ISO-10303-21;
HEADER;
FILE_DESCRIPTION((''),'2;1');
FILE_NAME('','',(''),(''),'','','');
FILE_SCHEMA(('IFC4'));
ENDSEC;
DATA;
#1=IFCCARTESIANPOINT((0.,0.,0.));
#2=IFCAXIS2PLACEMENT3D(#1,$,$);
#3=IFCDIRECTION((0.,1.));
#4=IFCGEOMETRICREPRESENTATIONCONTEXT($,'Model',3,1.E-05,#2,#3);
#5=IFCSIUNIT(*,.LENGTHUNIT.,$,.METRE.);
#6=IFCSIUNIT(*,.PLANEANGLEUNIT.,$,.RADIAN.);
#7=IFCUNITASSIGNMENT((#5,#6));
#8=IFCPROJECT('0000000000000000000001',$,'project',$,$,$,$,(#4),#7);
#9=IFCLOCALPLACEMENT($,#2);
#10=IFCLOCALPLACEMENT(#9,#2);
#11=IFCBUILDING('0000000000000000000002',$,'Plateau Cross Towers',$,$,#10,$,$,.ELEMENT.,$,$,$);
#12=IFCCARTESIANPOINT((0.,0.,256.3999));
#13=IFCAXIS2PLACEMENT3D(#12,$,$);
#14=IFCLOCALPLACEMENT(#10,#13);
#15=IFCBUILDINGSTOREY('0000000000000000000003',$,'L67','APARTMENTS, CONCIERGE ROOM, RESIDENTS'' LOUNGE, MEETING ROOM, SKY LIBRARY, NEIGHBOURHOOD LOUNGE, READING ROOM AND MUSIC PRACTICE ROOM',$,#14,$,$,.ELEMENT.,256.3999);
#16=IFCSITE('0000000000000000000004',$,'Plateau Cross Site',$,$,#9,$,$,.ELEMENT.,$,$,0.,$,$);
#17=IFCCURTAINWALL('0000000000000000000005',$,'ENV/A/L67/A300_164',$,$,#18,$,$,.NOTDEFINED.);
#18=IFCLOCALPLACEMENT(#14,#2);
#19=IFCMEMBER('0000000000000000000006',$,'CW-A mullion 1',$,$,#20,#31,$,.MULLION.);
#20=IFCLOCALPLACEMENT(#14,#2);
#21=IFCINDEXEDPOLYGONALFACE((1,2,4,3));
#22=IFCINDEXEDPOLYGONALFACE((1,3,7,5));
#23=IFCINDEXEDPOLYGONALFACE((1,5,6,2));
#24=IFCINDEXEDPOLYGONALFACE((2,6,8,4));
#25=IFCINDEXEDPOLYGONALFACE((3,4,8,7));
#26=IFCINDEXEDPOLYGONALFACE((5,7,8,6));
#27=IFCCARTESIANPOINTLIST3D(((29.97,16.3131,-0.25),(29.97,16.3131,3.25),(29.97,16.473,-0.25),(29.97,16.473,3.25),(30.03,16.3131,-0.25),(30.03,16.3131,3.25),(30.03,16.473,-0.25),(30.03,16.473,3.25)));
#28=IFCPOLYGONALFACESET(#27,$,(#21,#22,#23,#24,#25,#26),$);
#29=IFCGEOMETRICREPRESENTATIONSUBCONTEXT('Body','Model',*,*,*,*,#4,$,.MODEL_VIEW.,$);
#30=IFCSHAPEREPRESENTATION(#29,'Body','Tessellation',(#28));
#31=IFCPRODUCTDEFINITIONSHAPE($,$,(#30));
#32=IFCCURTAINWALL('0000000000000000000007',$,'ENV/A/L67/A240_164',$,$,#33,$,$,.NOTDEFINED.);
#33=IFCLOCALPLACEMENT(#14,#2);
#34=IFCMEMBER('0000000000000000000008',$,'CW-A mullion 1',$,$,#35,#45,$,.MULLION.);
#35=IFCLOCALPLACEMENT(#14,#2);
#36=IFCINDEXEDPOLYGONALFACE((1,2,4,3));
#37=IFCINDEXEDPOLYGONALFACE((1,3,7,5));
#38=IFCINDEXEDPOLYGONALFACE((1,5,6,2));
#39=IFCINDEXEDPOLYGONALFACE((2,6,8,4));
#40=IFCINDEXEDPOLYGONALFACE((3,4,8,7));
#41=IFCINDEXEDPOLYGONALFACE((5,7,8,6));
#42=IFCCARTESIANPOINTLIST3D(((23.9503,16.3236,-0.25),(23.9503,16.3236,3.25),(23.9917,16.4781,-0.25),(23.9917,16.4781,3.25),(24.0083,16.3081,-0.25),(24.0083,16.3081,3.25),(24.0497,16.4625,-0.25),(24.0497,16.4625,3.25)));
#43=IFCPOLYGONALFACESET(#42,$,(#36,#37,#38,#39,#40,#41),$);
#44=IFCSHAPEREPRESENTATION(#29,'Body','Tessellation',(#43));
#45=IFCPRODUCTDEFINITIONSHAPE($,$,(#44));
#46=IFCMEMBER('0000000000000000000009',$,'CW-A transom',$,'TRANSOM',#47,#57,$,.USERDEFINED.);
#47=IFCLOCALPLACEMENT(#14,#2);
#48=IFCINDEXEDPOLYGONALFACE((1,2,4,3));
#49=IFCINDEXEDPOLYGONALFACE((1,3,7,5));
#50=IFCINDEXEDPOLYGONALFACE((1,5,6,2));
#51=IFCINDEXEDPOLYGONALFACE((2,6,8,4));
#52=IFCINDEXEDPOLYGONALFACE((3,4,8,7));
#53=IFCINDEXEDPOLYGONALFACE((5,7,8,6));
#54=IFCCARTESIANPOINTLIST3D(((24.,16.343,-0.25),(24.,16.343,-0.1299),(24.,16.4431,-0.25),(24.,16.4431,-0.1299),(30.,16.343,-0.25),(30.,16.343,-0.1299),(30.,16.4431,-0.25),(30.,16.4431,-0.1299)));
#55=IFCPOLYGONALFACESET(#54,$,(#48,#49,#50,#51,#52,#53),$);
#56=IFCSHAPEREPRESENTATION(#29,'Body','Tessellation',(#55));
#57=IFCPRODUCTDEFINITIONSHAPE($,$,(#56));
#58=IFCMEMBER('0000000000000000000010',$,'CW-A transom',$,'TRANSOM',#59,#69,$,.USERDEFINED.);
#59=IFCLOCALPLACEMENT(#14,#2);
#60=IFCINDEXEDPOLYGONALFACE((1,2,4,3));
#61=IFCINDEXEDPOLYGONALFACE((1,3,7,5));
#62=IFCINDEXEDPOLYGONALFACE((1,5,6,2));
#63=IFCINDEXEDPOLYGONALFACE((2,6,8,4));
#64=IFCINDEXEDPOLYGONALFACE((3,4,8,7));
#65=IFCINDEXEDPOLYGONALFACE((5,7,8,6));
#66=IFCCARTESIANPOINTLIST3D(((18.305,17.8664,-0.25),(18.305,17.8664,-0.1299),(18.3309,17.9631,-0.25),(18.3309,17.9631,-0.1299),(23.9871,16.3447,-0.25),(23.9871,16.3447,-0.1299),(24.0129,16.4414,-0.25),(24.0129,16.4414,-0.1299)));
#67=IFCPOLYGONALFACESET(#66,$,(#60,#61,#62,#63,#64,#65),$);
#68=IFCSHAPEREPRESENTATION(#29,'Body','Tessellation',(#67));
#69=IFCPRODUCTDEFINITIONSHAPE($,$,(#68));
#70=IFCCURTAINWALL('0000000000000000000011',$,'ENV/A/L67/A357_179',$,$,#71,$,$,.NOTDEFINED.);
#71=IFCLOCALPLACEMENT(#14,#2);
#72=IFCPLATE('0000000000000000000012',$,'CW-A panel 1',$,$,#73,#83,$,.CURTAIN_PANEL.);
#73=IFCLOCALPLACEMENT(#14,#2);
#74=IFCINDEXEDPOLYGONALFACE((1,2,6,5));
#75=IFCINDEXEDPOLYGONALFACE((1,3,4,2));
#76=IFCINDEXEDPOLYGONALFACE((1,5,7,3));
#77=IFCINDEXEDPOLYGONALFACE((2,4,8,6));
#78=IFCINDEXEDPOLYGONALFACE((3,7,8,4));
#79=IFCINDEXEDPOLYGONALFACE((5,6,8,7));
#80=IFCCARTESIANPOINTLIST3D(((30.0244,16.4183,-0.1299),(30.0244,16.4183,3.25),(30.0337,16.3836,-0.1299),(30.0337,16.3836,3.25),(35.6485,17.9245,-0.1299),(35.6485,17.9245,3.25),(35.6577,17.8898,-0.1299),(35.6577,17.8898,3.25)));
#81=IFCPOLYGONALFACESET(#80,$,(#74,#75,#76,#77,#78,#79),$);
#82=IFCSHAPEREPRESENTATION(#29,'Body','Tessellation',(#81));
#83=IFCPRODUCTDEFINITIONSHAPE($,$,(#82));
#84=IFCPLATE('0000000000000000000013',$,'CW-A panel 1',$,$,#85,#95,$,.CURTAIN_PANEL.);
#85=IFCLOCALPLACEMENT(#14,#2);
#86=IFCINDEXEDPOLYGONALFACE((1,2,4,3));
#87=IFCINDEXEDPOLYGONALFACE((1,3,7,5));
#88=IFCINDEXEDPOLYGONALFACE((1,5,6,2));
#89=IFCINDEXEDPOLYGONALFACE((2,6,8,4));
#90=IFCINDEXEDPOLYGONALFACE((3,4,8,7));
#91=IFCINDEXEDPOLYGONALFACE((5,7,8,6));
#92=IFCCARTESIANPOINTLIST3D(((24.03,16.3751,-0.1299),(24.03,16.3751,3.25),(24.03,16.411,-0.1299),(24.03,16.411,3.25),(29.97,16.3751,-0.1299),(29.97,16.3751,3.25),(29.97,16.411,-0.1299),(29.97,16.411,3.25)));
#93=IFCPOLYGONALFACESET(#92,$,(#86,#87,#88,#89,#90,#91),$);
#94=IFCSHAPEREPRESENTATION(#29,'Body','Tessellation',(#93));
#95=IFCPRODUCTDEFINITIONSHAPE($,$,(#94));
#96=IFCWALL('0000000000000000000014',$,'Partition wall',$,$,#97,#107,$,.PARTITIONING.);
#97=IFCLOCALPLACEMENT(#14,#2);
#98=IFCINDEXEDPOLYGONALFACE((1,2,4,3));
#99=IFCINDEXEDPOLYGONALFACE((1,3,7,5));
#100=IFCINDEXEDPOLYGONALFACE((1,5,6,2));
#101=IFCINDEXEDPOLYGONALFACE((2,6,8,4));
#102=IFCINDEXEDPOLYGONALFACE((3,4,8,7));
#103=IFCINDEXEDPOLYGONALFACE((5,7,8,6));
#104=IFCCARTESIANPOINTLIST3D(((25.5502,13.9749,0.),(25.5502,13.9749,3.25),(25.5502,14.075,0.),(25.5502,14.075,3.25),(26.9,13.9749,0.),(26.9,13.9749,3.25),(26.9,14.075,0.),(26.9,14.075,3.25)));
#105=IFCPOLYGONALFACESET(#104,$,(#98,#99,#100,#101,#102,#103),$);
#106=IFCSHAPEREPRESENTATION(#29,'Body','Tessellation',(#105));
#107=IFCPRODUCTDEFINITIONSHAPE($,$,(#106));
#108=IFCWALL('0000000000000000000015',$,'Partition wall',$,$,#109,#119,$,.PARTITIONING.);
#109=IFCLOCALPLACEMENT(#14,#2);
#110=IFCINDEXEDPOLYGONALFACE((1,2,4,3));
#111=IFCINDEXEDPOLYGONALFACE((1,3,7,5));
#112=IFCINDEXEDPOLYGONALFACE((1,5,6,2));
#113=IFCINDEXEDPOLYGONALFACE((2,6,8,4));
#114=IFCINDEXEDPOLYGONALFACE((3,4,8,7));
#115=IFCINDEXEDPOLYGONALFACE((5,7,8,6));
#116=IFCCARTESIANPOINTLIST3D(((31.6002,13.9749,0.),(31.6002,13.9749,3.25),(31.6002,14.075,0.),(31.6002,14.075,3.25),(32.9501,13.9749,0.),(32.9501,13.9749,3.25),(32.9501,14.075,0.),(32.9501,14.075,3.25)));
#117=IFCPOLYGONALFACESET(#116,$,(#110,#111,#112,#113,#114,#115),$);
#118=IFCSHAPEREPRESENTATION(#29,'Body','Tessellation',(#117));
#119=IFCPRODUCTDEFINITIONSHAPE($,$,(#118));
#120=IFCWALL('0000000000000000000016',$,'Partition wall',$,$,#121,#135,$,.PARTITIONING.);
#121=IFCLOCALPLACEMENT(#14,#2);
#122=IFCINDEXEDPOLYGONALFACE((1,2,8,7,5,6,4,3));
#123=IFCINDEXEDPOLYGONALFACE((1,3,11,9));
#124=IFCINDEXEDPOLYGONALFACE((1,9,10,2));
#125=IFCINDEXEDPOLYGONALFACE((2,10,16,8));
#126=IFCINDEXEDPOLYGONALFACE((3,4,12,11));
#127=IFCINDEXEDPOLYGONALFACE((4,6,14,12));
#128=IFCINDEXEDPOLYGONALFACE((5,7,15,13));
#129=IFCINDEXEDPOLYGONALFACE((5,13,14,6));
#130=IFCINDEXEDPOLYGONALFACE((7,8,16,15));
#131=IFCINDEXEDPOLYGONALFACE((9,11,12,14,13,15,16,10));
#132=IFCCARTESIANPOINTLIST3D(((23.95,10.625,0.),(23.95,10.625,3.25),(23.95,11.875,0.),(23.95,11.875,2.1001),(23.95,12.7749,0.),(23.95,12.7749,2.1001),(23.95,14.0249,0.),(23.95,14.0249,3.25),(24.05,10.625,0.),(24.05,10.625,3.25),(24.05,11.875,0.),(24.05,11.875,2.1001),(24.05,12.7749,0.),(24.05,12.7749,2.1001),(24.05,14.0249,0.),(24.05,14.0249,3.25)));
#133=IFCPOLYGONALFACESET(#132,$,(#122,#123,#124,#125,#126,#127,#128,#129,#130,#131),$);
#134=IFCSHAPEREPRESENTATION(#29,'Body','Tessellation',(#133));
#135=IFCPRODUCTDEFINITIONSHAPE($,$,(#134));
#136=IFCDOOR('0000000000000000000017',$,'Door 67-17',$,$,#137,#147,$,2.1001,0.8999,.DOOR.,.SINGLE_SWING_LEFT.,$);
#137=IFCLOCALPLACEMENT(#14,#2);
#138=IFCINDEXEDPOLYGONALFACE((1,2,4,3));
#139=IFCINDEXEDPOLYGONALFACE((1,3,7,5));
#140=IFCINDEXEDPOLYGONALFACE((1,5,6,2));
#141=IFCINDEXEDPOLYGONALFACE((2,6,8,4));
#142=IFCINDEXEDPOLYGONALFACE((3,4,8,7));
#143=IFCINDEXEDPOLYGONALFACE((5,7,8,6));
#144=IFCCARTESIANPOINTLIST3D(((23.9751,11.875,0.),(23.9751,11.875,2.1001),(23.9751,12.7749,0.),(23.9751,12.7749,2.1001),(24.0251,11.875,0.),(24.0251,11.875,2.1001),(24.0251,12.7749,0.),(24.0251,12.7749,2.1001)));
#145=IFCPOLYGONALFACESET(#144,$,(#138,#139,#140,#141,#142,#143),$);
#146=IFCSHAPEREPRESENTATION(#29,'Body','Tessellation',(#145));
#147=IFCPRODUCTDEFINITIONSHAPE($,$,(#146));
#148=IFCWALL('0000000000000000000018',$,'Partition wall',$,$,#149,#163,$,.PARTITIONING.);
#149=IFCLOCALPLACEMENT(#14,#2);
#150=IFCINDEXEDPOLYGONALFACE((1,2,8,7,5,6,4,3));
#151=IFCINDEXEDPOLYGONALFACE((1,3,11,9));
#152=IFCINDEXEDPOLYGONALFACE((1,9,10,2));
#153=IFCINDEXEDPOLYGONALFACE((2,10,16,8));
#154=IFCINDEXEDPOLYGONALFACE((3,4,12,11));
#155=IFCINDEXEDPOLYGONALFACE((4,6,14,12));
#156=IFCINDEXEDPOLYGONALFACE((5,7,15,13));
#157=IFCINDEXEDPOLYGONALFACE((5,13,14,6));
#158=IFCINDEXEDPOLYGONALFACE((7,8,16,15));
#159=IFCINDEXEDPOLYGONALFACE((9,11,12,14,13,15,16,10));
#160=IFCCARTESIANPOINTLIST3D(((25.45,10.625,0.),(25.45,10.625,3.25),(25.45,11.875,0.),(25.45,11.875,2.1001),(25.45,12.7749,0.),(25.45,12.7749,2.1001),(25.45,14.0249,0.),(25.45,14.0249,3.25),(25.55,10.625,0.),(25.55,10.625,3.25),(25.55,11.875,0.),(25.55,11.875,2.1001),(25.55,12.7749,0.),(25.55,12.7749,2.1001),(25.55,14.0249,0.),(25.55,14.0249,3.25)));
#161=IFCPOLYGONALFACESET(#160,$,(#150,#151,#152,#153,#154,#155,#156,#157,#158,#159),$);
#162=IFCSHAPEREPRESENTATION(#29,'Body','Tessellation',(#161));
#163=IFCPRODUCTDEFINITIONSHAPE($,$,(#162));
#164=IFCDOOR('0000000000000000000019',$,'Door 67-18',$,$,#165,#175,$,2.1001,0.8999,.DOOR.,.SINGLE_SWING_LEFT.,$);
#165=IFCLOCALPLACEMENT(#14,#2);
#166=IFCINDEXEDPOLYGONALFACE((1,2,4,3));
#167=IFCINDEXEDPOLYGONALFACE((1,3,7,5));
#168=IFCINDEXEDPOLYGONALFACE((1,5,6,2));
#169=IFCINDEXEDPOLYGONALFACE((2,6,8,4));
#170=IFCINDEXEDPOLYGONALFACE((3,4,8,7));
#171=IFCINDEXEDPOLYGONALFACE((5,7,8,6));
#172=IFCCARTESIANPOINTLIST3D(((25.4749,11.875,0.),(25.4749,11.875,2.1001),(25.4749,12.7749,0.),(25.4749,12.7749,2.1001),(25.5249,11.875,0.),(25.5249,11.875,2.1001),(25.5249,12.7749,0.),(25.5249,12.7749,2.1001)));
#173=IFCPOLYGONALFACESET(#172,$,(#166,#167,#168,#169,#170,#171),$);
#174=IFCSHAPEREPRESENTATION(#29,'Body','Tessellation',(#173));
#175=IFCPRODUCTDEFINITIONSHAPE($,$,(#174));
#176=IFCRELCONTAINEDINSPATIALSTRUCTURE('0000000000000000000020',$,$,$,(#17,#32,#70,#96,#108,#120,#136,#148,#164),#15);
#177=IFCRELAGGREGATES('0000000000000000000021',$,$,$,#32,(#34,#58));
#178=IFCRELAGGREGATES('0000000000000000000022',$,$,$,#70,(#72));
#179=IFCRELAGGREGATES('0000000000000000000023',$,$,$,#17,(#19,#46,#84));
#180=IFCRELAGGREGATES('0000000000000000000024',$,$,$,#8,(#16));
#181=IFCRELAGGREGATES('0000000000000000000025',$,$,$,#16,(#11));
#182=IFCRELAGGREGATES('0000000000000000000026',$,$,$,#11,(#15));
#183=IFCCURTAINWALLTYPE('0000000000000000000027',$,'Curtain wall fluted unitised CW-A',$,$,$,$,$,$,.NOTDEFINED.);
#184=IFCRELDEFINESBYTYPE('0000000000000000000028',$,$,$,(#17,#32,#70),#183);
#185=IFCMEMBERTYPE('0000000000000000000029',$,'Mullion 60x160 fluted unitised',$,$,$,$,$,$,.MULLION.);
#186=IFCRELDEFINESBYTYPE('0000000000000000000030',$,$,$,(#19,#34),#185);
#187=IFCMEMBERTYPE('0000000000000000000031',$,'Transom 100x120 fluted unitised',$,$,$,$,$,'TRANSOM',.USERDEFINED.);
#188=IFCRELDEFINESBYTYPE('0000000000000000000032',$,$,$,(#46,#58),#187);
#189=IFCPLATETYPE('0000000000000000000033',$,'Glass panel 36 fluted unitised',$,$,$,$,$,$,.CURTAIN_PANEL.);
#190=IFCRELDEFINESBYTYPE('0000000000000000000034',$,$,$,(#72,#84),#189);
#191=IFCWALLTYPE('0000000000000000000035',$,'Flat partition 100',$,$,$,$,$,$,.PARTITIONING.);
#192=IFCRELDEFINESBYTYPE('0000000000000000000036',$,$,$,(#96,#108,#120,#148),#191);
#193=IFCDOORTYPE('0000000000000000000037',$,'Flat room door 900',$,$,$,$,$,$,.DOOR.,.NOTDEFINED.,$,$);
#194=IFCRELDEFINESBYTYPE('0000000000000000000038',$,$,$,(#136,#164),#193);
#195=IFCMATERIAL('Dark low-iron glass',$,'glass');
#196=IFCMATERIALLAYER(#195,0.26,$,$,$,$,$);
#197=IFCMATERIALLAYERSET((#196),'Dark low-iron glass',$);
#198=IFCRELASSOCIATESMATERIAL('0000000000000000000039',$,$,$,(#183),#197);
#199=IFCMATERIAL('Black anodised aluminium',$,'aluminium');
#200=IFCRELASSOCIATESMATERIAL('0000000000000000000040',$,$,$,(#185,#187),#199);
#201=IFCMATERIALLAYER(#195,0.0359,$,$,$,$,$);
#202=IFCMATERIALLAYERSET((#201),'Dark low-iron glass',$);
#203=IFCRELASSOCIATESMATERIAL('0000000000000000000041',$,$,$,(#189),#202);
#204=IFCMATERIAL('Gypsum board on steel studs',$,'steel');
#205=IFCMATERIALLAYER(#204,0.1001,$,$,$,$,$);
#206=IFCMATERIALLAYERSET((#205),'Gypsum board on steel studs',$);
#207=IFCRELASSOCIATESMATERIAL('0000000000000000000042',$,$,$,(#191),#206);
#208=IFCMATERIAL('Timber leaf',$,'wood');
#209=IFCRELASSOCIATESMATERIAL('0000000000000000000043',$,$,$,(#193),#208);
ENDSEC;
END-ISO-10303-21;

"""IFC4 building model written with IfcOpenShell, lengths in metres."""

from ifc_helpers import new_model, si_unit, direction, frame, frame_2d, origin, origin_2d, place, context, subcontext, project, spatial, rectangle, extrude, material, layer, layer_set, material_profile, profile_set, type_object, element, fill, aggregate, save


model = new_model("IFC4")

# Units and contexts
model_context = context("Model", 3, precision=1e-05, world=origin(), true_north=direction((0.0, 1.0)))
body_context = subcontext(model_context, "Body", "Model", "MODEL_VIEW")
ifc_project = project(units=[si_unit("LENGTHUNIT", "METRE"), si_unit("PLANEANGLEUNIT", "RADIAN")], contexts=[model_context])

# Site, building, storey
site_placement = place(None, origin())
site = spatial("IfcSite", under=ifc_project, at=site_placement, Name="Plateau Cross Site", CompositionType="ELEMENT", RefElevation=0.0)
building_placement = place(site_placement, origin())
building = spatial("IfcBuilding", under=site, at=building_placement, Name="Plateau Cross Towers", CompositionType="ELEMENT")
storey_placement = place(building_placement, frame((0.0, 0.0, 256.3999)))
storey = spatial("IfcBuildingStorey", under=building, at=storey_placement, Name="L67", Description="APARTMENTS, CONCIERGE ROOM, RESIDENTS' LOUNGE, MEETING ROOM, SKY LIBRARY, NEIGHBOURHOOD LOUNGE, READING ROOM AND MUSIC PRACTICE ROOM", CompositionType="ELEMENT", Elevation=256.3999)

# Curtain walls, members
ifc_material_1 = material(Name="Dark low-iron glass", Category="glass")
ifc_layer_1 = layer(ifc_material_1, 0.26)
ifc_layer_set_1 = layer_set([ifc_layer_1], Name="Dark low-iron glass")
curtain_wall_type = type_object("IfcCurtainWallType", Name="Curtain wall fluted unitised CW-A", PredefinedType="NOTDEFINED", material=ifc_layer_set_1)
curtain_wall_1_placement = place(storey_placement, origin())
curtain_wall_1 = element("IfcCurtainWall", 1, at=curtain_wall_1_placement, inside=storey, type_object=curtain_wall_type, Name="ENV/A/L67/A300_164", PredefinedType="NOTDEFINED")
ifc_material_2 = material(Name="Black anodised aluminium", Category="aluminium")
ifc_material_profile_1 = material_profile(ifc_material_2, rectangle(XDim=0.0601, YDim=0.1599, at=origin_2d()), Name="MULLION 60x160")
ifc_profile_set_1 = profile_set([ifc_material_profile_1], Name="Black anodised aluminium")
member_type_1 = type_object("IfcMemberType", Name="Mullion 60x160 fluted unitised", PredefinedType="MULLION", material=ifc_profile_set_1)
member_1_placement = place(storey_placement, frame((30.0, 16.3931, -0.25), z_axis=(0.0, 0.0, 1.0), x_axis=(-1.0, 0.0, 0.0)))
member_1 = element("IfcMember", 2, at=member_1_placement, type_object=member_type_1, Name="CW-A mullion 1", PredefinedType="MULLION", context=body_context, shape_type="SweptSolid", body=[
    extrude(rectangle(XDim=0.0601, YDim=0.1599, at=origin_2d()), origin(), (0.0, 0.0, 1.0), 3.5),
])
curtain_wall_2_placement = place(storey_placement, origin())
curtain_wall_2 = element("IfcCurtainWall", 3, at=curtain_wall_2_placement, inside=storey, type_object=curtain_wall_type, Name="ENV/A/L67/A240_164", PredefinedType="NOTDEFINED")
member_2_placement = place(storey_placement, frame((24.0, 16.3931, -0.25), z_axis=(0.0, 0.0, 1.0), x_axis=(-0.965958, 0.258699, 0.0)))
member_2 = element("IfcMember", 4, at=member_2_placement, type_object=member_type_1, Name="CW-A mullion 1", PredefinedType="MULLION", context=body_context, shape_type="SweptSolid", body=[
    extrude(rectangle(XDim=0.0601, YDim=0.1599, at=origin_2d()), origin(), (0.0, 0.0, 1.0), 3.5),
])

# Members
ifc_material_profile_2 = material_profile(ifc_material_2, rectangle(XDim=0.1001, YDim=0.1201, at=origin_2d()), Name="TRANSOM 100x120")
ifc_profile_set_2 = profile_set([ifc_material_profile_2], Name="Black anodised aluminium")
member_type_2 = type_object("IfcMemberType", Name="Transom 100x120 fluted unitised", ElementType="TRANSOM", PredefinedType="USERDEFINED", material=ifc_profile_set_2)
member_3_placement = place(storey_placement, frame((30.0, 16.3931, -0.1899), z_axis=(-1.0, 0.0, 0.0), x_axis=(0.0, -1.0, 0.0)))
member_3 = element("IfcMember", 5, at=member_3_placement, type_object=member_type_2, Name="CW-A transom", ObjectType="TRANSOM", PredefinedType="USERDEFINED", context=body_context, shape_type="SweptSolid", body=[
    extrude(rectangle(XDim=0.1001, YDim=0.1201, at=origin_2d()), origin(), (0.0, 0.0, 1.0), 6.0),
])
member_4_placement = place(storey_placement, frame((24.0, 16.3931, -0.1899), z_axis=(-0.96596, 0.258693, 0.0), x_axis=(-0.258693, -0.96596, 0.0)))
member_4 = element("IfcMember", 6, at=member_4_placement, type_object=member_type_2, Name="CW-A transom", ObjectType="TRANSOM", PredefinedType="USERDEFINED", context=body_context, shape_type="SweptSolid", body=[
    extrude(rectangle(XDim=0.1001, YDim=0.1201, at=origin_2d()), origin(), (0.0, 0.0, 1.0), 5.8823),
])
aggregate(curtain_wall_2, [member_2, member_4])

# Curtain wall, plate
curtain_wall_3_placement = place(storey_placement, origin())
curtain_wall_3 = element("IfcCurtainWall", 7, at=curtain_wall_3_placement, inside=storey, type_object=curtain_wall_type, Name="ENV/A/L67/A357_179", PredefinedType="NOTDEFINED")
ifc_layer_2 = layer(ifc_material_1, 0.0359)
ifc_layer_set_2 = layer_set([ifc_layer_2], Name="Dark low-iron glass")
plate_type = type_object("IfcPlateType", Name="Glass panel 36 fluted unitised", PredefinedType="CURTAIN_PANEL", material=ifc_layer_set_2)
plate_1_placement = place(storey_placement, frame((32.8411, 17.1541, -0.1299), z_axis=(0.0, 0.0, 1.0), x_axis=(-0.965958, -0.258699, 0.0)))
plate_1 = element("IfcPlate", 8, at=plate_1_placement, type_object=plate_type, Name="CW-A panel 1", PredefinedType="CURTAIN_PANEL", context=body_context, shape_type="SweptSolid", body=[
    extrude(rectangle(XDim=5.8223, YDim=0.0359, at=origin_2d()), origin(), (0.0, 0.0, 1.0), 3.3799),
])
aggregate(curtain_wall_3, [plate_1])

# Plate
plate_2_placement = place(storey_placement, frame((27.0, 16.3931, -0.1299), z_axis=(0.0, 0.0, 1.0), x_axis=(-1.0, 0.0, 0.0)))
plate_2 = element("IfcPlate", 9, at=plate_2_placement, type_object=plate_type, Name="CW-A panel 1", PredefinedType="CURTAIN_PANEL", context=body_context, shape_type="SweptSolid", body=[
    extrude(rectangle(XDim=5.9399, YDim=0.0359, at=origin_2d()), origin(), (0.0, 0.0, 1.0), 3.3799),
])
aggregate(curtain_wall_1, [member_1, member_3, plate_2])

# Walls
ifc_material_3 = material(Name="Gypsum board on steel studs", Category="steel")
ifc_layer_3 = layer(ifc_material_3, 0.1001)
ifc_layer_set_3 = layer_set([ifc_layer_3], Name="Gypsum board on steel studs")
wall_type_1 = type_object("IfcWallType", Name="Flat partition 100", PredefinedType="PARTITIONING", material=ifc_layer_set_3)
for number, where, z_axis, x_axis, name in (
    (10, (26.8999, 14.0249, 0.0), (0.0, 0.0, 1.0), (-1.0, 0.0, 0.0), "Partition wall"),
    (11, (32.95, 14.0249, 0.0), (0.0, 0.0, 1.0), (-1.0, 0.0, 0.0), "Partition wall"),
):
    element("IfcWall", number, at=place(storey_placement, frame(where, z_axis=z_axis, x_axis=x_axis)), inside=storey, type_object=wall_type_1, Name=name, PredefinedType="PARTITIONING", context=body_context, shape_type="SweptSolid", body=[
        extrude(rectangle(XDim=1.3499, YDim=0.1001, at=frame_2d((0.6748, 0.0))), origin(), (0.0, 0.0, 1.0), 3.25),
    ])

# Walls, openings, doors
wall_1_placement = place(storey_placement, frame((24.0, 10.625, 0.0), z_axis=(0.0, 0.0, 1.0), x_axis=(0.0, 1.0, 0.0)))
wall_1 = element("IfcWall", 12, at=wall_1_placement, inside=storey, type_object=wall_type_1, Name="Partition wall", PredefinedType="PARTITIONING", context=body_context, shape_type="SweptSolid", body=[
    extrude(rectangle(XDim=3.3999, YDim=0.1001, at=frame_2d((1.7, 0.0))), origin(), (0.0, 0.0, 1.0), 3.25),
])
opening_1_placement = place(wall_1_placement, frame((1.25, 0.0, 0.0)))
opening_1 = element("IfcOpeningElement", 13, at=opening_1_placement, cuts=wall_1, PredefinedType="OPENING", context=body_context, shape_type="SweptSolid", body=[
    extrude(rectangle(XDim=0.8999, YDim=2.1001, at=frame_2d((0.45, 1.05))), frame((0.0, 0.0601, 0.0), z_axis=(0.0, -1.0, 0.0), x_axis=(1.0, 0.0, 0.0)), (0.0, 0.0, 1.0), 0.1201),
])
ifc_material_4 = material(Name="Timber leaf", Category="wood")
door_type = type_object("IfcDoorType", Name="Flat room door 900", OperationType="NOTDEFINED", PredefinedType="DOOR", material=ifc_material_4)
door_1_placement = place(opening_1_placement, origin())
door_1 = element("IfcDoor", 14, at=door_1_placement, inside=storey, type_object=door_type, Name="Door 67-17", OperationType="SINGLE_SWING_LEFT", OverallHeight=2.1001, OverallWidth=0.8999, PredefinedType="DOOR", context=body_context, shape_type="SweptSolid", body=[
    extrude(rectangle(XDim=0.8999, YDim=2.1001, at=frame_2d((0.45, 1.05))), frame((0.0, 0.0249, 0.0), z_axis=(0.0, -1.0, 0.0), x_axis=(1.0, 0.0, 0.0)), (0.0, 0.0, 1.0), 0.05),
])
fill(opening_1, door_1)
wall_2_placement = place(storey_placement, frame((25.5, 14.0249, 0.0), z_axis=(0.0, 0.0, 1.0), x_axis=(0.0, -1.0, 0.0)))
wall_2 = element("IfcWall", 15, at=wall_2_placement, inside=storey, type_object=wall_type_1, Name="Partition wall", PredefinedType="PARTITIONING", context=body_context, shape_type="SweptSolid", body=[
    extrude(rectangle(XDim=3.3999, YDim=0.1001, at=frame_2d((1.7, 0.0))), origin(), (0.0, 0.0, 1.0), 3.25),
])
opening_2_placement = place(wall_2_placement, frame((1.25, 0.0, 0.0)))
opening_2 = element("IfcOpeningElement", 16, at=opening_2_placement, cuts=wall_2, PredefinedType="OPENING", context=body_context, shape_type="SweptSolid", body=[
    extrude(rectangle(XDim=0.8999, YDim=2.1001, at=frame_2d((0.45, 1.05))), frame((0.0, 0.0601, 0.0), z_axis=(0.0, -1.0, 0.0), x_axis=(1.0, 0.0, 0.0)), (0.0, 0.0, 1.0), 0.1201),
])
door_2_placement = place(opening_2_placement, origin())
door_2 = element("IfcDoor", 17, at=door_2_placement, inside=storey, type_object=door_type, Name="Door 67-18", OperationType="SINGLE_SWING_LEFT", OverallHeight=2.1001, OverallWidth=0.8999, PredefinedType="DOOR", context=body_context, shape_type="SweptSolid", body=[
    extrude(rectangle(XDim=0.8999, YDim=2.1001, at=frame_2d((0.45, 1.05))), frame((0.0, 0.0249, 0.0), z_axis=(0.0, -1.0, 0.0), x_axis=(1.0, 0.0, 0.0)), (0.0, 0.0, 1.0), 0.05),
])
fill(opening_2, door_2)

save(model, "model.ifc")
